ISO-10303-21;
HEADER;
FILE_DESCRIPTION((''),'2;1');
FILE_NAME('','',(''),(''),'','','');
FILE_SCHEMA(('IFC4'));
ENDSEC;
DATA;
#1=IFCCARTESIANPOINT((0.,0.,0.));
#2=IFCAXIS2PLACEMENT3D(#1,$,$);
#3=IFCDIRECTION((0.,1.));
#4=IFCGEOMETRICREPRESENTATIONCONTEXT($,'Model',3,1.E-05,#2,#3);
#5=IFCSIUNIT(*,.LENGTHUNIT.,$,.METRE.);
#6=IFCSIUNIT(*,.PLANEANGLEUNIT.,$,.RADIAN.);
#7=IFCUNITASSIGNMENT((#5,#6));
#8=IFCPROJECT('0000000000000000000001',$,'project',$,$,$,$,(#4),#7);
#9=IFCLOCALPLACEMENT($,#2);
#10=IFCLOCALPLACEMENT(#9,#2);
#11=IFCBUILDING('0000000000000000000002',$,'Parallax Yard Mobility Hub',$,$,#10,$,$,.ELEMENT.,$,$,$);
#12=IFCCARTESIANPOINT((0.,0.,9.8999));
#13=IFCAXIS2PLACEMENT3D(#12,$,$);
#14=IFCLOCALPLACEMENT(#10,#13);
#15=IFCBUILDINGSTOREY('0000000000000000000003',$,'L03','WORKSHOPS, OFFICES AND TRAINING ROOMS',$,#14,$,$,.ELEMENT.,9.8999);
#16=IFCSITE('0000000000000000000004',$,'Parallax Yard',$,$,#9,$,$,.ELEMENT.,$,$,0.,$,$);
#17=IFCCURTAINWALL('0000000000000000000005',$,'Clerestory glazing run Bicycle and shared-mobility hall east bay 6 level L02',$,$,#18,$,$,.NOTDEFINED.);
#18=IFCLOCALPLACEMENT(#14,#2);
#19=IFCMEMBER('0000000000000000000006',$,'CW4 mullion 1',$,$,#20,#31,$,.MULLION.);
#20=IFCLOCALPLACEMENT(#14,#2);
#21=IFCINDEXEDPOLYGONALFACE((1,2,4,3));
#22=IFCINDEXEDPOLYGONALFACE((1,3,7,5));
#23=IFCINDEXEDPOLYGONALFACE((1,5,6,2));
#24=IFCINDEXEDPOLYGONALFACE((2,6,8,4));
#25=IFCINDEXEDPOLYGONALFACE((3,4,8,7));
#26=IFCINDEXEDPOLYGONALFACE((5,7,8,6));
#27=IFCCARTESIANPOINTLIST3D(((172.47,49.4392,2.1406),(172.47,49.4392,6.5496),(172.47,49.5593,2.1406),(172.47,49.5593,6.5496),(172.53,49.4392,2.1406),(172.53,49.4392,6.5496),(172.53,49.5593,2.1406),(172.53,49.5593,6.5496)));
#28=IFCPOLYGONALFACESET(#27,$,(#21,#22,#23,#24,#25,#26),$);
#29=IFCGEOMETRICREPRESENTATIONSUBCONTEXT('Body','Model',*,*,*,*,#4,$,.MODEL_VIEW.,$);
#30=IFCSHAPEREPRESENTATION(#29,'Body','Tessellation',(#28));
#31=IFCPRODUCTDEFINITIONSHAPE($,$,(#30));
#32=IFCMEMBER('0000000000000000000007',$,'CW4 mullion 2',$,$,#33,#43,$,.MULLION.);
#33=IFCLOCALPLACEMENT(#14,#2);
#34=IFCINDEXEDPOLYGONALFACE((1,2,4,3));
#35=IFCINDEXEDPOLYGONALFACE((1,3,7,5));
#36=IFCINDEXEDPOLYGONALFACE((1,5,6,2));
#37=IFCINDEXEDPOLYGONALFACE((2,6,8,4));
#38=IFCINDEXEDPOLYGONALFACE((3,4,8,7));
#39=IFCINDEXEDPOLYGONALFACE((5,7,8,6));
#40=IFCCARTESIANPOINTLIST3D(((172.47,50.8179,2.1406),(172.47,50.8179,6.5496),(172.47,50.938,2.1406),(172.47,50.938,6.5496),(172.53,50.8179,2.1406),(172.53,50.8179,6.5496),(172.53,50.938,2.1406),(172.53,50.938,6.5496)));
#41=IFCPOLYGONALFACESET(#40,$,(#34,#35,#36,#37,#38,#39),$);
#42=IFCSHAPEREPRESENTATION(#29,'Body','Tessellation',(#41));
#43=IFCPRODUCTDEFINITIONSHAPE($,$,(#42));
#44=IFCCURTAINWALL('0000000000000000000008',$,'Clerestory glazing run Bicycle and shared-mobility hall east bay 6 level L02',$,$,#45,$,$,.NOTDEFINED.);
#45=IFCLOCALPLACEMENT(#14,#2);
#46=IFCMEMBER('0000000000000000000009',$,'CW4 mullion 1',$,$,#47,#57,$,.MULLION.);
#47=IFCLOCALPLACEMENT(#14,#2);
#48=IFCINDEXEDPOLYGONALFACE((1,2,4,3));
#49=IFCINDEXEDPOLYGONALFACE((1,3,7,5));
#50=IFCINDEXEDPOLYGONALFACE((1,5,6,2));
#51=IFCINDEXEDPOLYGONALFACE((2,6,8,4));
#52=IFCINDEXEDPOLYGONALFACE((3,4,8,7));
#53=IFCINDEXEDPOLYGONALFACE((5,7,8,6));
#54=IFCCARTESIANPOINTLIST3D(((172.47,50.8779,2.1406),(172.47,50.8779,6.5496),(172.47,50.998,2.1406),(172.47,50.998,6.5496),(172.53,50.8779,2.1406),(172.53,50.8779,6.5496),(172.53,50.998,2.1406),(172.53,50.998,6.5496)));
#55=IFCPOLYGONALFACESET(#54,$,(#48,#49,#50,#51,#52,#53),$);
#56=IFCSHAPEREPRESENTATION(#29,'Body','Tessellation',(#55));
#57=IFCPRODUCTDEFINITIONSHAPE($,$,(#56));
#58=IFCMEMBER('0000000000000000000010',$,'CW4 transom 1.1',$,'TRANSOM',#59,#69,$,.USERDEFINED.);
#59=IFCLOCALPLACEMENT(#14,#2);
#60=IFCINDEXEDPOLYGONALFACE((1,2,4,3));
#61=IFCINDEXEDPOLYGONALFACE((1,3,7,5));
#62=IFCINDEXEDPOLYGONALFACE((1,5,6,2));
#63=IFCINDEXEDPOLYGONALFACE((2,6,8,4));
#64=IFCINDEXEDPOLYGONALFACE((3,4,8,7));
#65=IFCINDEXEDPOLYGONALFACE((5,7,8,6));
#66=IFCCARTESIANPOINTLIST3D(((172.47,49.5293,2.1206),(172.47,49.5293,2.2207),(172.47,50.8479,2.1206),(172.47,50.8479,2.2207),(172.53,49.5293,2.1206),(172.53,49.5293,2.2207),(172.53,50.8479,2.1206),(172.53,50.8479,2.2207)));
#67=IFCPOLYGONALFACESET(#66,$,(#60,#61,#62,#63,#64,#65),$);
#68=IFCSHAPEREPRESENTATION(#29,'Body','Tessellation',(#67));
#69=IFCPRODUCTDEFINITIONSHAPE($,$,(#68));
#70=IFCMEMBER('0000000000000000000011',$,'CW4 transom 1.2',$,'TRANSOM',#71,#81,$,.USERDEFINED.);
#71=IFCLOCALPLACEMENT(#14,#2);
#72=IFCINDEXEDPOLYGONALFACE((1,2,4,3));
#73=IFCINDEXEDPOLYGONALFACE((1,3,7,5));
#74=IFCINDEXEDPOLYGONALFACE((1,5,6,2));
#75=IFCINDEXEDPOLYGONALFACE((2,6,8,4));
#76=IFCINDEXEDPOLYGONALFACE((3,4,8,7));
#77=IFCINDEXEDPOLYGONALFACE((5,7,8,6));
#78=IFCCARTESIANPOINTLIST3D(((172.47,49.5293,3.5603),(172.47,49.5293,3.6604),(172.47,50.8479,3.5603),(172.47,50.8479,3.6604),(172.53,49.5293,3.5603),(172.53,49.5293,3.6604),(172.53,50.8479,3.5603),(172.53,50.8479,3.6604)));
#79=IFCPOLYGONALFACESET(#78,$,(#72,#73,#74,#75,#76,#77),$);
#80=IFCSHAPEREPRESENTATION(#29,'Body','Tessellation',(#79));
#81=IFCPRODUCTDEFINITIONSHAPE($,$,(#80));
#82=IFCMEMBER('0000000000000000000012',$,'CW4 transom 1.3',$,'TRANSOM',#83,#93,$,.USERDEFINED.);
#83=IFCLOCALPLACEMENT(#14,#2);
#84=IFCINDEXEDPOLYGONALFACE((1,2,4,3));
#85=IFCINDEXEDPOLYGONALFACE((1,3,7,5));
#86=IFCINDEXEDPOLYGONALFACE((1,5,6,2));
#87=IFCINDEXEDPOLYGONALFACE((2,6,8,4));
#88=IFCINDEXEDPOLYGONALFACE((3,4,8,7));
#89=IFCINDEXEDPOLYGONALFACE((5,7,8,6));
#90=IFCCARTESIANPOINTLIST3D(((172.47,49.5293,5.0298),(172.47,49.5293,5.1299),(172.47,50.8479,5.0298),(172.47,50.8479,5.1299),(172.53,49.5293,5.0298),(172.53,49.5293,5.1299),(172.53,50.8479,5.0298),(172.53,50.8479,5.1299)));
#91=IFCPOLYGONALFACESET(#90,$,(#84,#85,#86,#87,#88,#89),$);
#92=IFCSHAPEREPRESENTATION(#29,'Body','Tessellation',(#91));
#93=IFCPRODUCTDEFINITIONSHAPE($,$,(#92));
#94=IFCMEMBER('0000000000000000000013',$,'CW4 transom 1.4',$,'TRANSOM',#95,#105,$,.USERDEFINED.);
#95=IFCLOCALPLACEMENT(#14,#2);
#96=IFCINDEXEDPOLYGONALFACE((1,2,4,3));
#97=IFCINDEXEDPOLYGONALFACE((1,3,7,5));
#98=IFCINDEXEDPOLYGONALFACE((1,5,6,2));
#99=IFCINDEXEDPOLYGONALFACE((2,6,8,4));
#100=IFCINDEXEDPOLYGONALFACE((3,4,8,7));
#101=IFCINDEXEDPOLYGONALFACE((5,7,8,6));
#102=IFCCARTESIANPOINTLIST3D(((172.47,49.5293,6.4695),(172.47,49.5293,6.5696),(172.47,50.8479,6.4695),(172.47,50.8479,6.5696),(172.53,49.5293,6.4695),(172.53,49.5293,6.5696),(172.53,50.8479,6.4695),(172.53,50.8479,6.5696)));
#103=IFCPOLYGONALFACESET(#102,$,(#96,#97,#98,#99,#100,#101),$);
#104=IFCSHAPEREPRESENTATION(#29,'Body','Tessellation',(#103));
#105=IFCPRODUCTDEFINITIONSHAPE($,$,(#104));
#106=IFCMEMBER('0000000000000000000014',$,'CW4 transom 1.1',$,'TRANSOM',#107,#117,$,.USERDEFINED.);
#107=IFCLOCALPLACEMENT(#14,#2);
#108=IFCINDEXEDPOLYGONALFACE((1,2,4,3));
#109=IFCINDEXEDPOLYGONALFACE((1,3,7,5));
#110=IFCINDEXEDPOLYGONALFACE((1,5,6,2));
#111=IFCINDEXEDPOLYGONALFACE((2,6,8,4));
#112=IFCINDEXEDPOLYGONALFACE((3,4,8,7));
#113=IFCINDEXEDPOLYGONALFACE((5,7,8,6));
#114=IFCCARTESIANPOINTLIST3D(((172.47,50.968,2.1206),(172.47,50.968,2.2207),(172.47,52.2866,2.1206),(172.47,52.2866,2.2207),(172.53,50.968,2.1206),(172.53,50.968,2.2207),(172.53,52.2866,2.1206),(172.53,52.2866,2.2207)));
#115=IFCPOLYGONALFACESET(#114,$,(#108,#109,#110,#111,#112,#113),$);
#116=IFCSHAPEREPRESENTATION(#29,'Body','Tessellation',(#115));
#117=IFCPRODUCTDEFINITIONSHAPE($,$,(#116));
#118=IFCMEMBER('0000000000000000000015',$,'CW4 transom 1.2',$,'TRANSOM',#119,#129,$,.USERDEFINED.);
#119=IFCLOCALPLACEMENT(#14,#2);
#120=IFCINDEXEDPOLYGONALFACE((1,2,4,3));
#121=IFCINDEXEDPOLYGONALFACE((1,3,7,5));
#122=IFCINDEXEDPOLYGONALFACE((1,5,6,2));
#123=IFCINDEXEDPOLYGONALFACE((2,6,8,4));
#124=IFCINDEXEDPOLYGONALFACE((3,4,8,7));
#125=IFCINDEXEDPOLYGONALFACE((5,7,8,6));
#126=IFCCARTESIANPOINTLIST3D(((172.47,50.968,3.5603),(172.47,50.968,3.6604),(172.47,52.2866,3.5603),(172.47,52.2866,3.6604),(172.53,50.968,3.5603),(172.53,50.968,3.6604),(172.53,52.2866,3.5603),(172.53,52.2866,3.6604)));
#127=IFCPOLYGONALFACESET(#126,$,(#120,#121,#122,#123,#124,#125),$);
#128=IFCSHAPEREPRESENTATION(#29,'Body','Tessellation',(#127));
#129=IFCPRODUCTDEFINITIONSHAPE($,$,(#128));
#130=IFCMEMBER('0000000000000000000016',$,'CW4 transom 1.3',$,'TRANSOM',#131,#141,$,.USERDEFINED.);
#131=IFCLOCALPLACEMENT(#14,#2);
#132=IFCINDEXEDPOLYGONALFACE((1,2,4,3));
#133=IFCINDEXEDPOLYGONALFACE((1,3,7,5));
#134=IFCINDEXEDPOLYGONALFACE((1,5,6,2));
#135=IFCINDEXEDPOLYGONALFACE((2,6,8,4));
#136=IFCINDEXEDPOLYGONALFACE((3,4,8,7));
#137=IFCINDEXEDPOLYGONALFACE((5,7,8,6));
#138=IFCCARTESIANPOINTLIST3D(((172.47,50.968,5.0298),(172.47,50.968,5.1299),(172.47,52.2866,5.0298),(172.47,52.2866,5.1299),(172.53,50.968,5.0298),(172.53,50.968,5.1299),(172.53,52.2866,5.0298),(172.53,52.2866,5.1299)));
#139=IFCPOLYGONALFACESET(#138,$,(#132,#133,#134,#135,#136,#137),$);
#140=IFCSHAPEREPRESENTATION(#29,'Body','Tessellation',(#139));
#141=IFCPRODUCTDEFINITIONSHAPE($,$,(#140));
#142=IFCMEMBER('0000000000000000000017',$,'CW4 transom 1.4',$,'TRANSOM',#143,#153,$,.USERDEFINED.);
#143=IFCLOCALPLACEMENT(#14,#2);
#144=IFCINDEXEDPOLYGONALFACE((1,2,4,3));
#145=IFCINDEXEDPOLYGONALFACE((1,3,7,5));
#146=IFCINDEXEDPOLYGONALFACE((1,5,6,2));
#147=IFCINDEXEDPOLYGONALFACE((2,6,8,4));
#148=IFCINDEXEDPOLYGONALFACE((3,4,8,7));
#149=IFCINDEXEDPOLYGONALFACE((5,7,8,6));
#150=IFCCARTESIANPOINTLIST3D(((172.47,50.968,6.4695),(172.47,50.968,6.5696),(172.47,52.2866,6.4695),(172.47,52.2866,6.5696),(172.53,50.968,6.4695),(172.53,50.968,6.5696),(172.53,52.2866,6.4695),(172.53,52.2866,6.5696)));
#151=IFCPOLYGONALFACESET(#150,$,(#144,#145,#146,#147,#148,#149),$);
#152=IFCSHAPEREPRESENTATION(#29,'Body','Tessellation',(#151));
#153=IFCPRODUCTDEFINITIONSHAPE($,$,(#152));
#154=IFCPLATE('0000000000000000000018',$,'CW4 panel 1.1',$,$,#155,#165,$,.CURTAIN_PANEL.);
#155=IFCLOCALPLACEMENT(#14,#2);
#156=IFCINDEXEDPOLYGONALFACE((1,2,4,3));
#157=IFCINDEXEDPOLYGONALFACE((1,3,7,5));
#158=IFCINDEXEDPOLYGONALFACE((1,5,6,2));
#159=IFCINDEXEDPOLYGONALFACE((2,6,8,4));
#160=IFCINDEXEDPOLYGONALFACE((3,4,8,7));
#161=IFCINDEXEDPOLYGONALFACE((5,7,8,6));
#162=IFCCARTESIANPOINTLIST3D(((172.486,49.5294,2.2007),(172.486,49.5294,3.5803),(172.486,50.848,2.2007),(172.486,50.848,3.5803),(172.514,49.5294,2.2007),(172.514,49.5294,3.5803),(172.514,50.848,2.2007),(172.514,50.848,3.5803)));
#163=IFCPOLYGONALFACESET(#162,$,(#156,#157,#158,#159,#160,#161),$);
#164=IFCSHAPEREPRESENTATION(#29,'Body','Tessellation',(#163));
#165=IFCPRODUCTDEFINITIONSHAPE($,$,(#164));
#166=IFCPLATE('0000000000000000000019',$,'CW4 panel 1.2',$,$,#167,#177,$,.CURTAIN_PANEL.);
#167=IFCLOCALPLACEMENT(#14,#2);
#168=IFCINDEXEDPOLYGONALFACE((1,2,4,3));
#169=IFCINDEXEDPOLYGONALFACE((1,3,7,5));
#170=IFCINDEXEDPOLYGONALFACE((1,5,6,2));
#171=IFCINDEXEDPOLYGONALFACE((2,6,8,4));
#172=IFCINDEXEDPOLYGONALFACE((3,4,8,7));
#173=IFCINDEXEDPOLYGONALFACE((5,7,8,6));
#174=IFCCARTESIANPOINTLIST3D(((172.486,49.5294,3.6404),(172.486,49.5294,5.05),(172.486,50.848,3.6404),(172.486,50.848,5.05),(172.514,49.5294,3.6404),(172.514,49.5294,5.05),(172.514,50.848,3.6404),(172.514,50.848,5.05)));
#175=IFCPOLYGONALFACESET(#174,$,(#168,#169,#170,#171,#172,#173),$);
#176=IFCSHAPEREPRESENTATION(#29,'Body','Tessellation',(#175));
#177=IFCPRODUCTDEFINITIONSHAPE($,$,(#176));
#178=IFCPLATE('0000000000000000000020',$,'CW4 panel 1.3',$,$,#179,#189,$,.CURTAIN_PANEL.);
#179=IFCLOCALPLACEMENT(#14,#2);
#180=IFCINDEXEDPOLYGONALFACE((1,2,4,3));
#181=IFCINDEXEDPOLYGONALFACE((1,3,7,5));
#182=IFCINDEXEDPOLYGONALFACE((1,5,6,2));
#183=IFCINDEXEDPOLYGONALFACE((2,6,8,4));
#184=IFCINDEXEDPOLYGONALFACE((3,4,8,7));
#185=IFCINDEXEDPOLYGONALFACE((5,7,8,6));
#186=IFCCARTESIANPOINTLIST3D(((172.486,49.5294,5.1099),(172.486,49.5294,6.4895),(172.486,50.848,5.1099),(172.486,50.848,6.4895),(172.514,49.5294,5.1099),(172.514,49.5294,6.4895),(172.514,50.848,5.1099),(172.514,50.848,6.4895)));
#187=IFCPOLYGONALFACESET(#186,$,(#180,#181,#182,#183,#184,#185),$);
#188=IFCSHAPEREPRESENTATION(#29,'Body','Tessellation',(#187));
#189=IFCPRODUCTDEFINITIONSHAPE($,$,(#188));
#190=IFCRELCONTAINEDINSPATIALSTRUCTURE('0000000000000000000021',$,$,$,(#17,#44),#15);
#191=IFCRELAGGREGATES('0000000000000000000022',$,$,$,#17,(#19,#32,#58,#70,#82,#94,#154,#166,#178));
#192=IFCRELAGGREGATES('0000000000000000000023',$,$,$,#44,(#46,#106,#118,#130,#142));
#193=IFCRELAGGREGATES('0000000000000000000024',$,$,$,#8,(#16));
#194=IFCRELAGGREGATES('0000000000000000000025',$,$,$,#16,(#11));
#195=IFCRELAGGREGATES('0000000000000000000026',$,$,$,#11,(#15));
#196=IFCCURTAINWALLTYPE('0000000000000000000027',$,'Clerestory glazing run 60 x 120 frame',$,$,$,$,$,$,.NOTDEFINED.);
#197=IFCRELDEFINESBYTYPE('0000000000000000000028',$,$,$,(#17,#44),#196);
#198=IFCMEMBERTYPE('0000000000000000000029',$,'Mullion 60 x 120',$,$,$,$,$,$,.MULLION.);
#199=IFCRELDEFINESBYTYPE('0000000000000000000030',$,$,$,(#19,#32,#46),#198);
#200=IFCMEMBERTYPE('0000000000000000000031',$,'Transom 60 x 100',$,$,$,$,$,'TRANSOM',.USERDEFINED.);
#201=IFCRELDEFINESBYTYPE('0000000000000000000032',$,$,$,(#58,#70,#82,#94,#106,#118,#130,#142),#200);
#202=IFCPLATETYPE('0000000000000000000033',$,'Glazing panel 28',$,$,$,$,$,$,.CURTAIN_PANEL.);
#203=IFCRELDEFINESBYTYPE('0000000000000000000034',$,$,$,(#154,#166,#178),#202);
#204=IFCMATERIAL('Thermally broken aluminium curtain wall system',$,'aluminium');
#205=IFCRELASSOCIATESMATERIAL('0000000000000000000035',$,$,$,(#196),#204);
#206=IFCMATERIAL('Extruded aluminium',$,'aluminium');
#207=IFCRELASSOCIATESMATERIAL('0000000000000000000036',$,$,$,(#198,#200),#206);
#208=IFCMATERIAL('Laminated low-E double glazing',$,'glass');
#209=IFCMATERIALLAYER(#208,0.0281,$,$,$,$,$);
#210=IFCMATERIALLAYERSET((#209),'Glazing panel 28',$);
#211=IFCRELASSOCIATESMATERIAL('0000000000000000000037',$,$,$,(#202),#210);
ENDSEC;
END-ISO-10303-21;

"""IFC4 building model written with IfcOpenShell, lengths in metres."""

from ifc_helpers import new_model, si_unit, direction, frame, origin, origin_2d, place, context, subcontext, project, spatial, rectangle, extrude, material, layer, layer_set, material_profile, profile_set, type_object, element, aggregate, save


model = new_model("IFC4")

# Units and contexts
model_context = context("Model", 3, precision=1e-05, world=origin(), true_north=direction((0.0, 1.0)))
body_context = subcontext(model_context, "Body", "Model", "MODEL_VIEW")
ifc_project = project(units=[si_unit("LENGTHUNIT", "METRE"), si_unit("PLANEANGLEUNIT", "RADIAN")], contexts=[model_context])

# Site, building, storey
site_placement = place(None, origin())
site = spatial("IfcSite", under=ifc_project, at=site_placement, Name="Parallax Yard", CompositionType="ELEMENT", RefElevation=0.0)
building_placement = place(site_placement, origin())
building = spatial("IfcBuilding", under=site, at=building_placement, Name="Parallax Yard Mobility Hub", CompositionType="ELEMENT")
storey_placement = place(building_placement, frame((0.0, 0.0, 9.8999)))
storey = spatial("IfcBuildingStorey", under=building, at=storey_placement, Name="L03", Description="WORKSHOPS, OFFICES AND TRAINING ROOMS", CompositionType="ELEMENT", Elevation=9.8999)

# Curtain wall, members
ifc_material_1 = material(Name="Thermally broken aluminium curtain wall system", Category="aluminium")
curtain_wall_type = type_object("IfcCurtainWallType", Name="Clerestory glazing run 60 x 120 frame", PredefinedType="NOTDEFINED", material=ifc_material_1)
curtain_wall_1_placement = place(storey_placement, origin())
curtain_wall_1 = element("IfcCurtainWall", 1, at=curtain_wall_1_placement, inside=storey, type_object=curtain_wall_type, Name="Clerestory glazing run Bicycle and shared-mobility hall east bay 6 level L02", PredefinedType="NOTDEFINED")
ifc_material_2 = material(Name="Extruded aluminium", Category="aluminium")
ifc_material_profile_1 = material_profile(ifc_material_2, rectangle(XDim=0.0601, YDim=0.1201, at=origin_2d()), Name="Mullion 60 x 120")
ifc_profile_set_1 = profile_set([ifc_material_profile_1], Name="Extruded aluminium")
member_type_1 = type_object("IfcMemberType", Name="Mullion 60 x 120", PredefinedType="MULLION", material=ifc_profile_set_1)
member_1_placement = place(storey_placement, frame((172.5, 49.4993, 2.1406), z_axis=(0.0, 0.0, 1.0), x_axis=(-1.0, 0.0, 0.0)))
member_1 = element("IfcMember", 2, at=member_1_placement, type_object=member_type_1, Name="CW4 mullion 1", PredefinedType="MULLION", context=body_context, shape_type="SweptSolid", body=[
    extrude(rectangle(XDim=0.0601, YDim=0.1201, at=origin_2d()), origin(), (0.0, 0.0, 1.0), 4.4089),
])
member_2_placement = place(storey_placement, frame((172.5, 50.8779, 2.1406), z_axis=(0.0, 0.0, 1.0), x_axis=(-1.0, 0.0, 0.0)))
member_2 = element("IfcMember", 3, at=member_2_placement, type_object=member_type_1, Name="CW4 mullion 2", PredefinedType="MULLION", context=body_context, shape_type="SweptSolid", body=[
    extrude(rectangle(XDim=0.0601, YDim=0.1201, at=origin_2d()), origin(), (0.0, 0.0, 1.0), 4.4089),
])

# Curtain wall, member
curtain_wall_2_placement = place(storey_placement, origin())
curtain_wall_2 = element("IfcCurtainWall", 4, at=curtain_wall_2_placement, inside=storey, type_object=curtain_wall_type, Name="Clerestory glazing run Bicycle and shared-mobility hall east bay 6 level L02", PredefinedType="NOTDEFINED")
member_3_placement = place(storey_placement, frame((172.5, 50.938, 2.1406), z_axis=(0.0, 0.0, 1.0), x_axis=(-1.0, 0.0, 0.0)))
member_3 = element("IfcMember", 5, at=member_3_placement, type_object=member_type_1, Name="CW4 mullion 1", PredefinedType="MULLION", context=body_context, shape_type="SweptSolid", body=[
    extrude(rectangle(XDim=0.0601, YDim=0.1201, at=origin_2d()), origin(), (0.0, 0.0, 1.0), 4.4089),
])

# Members
ifc_material_profile_2 = material_profile(ifc_material_2, rectangle(XDim=0.0601, YDim=0.1001, at=origin_2d()), Name="Transom 60 x 100")
ifc_profile_set_2 = profile_set([ifc_material_profile_2], Name="Extruded aluminium")
member_type_2 = type_object("IfcMemberType", Name="Transom 60 x 100", ElementType="TRANSOM", PredefinedType="USERDEFINED", material=ifc_profile_set_2)
member_4_placement = place(storey_placement, frame((172.5, 49.5293, 2.1707), z_axis=(0.0, 1.0, 0.0), x_axis=(-1.0, 0.0, 0.0)))
member_4 = element("IfcMember", 6, at=member_4_placement, type_object=member_type_2, Name="CW4 transom 1.1", ObjectType="TRANSOM", PredefinedType="USERDEFINED", context=body_context, shape_type="SweptSolid", body=[
    extrude(rectangle(XDim=0.0601, YDim=0.1001, at=origin_2d()), origin(), (0.0, 0.0, 1.0), 1.3186),
])
member_5_placement = place(storey_placement, frame((172.5, 49.5293, 3.6104), z_axis=(0.0, 1.0, 0.0), x_axis=(-1.0, 0.0, 0.0)))
member_5 = element("IfcMember", 7, at=member_5_placement, type_object=member_type_2, Name="CW4 transom 1.2", ObjectType="TRANSOM", PredefinedType="USERDEFINED", context=body_context, shape_type="SweptSolid", body=[
    extrude(rectangle(XDim=0.0601, YDim=0.1001, at=origin_2d()), origin(), (0.0, 0.0, 1.0), 1.3186),
])
member_6_placement = place(storey_placement, frame((172.5, 49.5293, 5.0798), z_axis=(0.0, 1.0, 0.0), x_axis=(-1.0, 0.0, 0.0)))
member_6 = element("IfcMember", 8, at=member_6_placement, type_object=member_type_2, Name="CW4 transom 1.3", ObjectType="TRANSOM", PredefinedType="USERDEFINED", context=body_context, shape_type="SweptSolid", body=[
    extrude(rectangle(XDim=0.0601, YDim=0.1001, at=origin_2d()), origin(), (0.0, 0.0, 1.0), 1.3186),
])
member_7_placement = place(storey_placement, frame((172.5, 49.5293, 6.5195), z_axis=(0.0, 1.0, 0.0), x_axis=(-1.0, 0.0, 0.0)))
member_7 = element("IfcMember", 9, at=member_7_placement, type_object=member_type_2, Name="CW4 transom 1.4", ObjectType="TRANSOM", PredefinedType="USERDEFINED", context=body_context, shape_type="SweptSolid", body=[
    extrude(rectangle(XDim=0.0601, YDim=0.1001, at=origin_2d()), origin(), (0.0, 0.0, 1.0), 1.3186),
])
member_8_placement = place(storey_placement, frame((172.5, 50.968, 2.1707), z_axis=(0.0, 1.0, 0.0), x_axis=(-1.0, 0.0, 0.0)))
member_8 = element("IfcMember", 10, at=member_8_placement, type_object=member_type_2, Name="CW4 transom 1.1", ObjectType="TRANSOM", PredefinedType="USERDEFINED", context=body_context, shape_type="SweptSolid", body=[
    extrude(rectangle(XDim=0.0601, YDim=0.1001, at=origin_2d()), origin(), (0.0, 0.0, 1.0), 1.3186),
])
member_9_placement = place(storey_placement, frame((172.5, 50.968, 3.6104), z_axis=(0.0, 1.0, 0.0), x_axis=(-1.0, 0.0, 0.0)))
member_9 = element("IfcMember", 11, at=member_9_placement, type_object=member_type_2, Name="CW4 transom 1.2", ObjectType="TRANSOM", PredefinedType="USERDEFINED", context=body_context, shape_type="SweptSolid", body=[
    extrude(rectangle(XDim=0.0601, YDim=0.1001, at=origin_2d()), origin(), (0.0, 0.0, 1.0), 1.3186),
])
member_10_placement = place(storey_placement, frame((172.5, 50.968, 5.0798), z_axis=(0.0, 1.0, 0.0), x_axis=(-1.0, 0.0, 0.0)))
member_10 = element("IfcMember", 12, at=member_10_placement, type_object=member_type_2, Name="CW4 transom 1.3", ObjectType="TRANSOM", PredefinedType="USERDEFINED", context=body_context, shape_type="SweptSolid", body=[
    extrude(rectangle(XDim=0.0601, YDim=0.1001, at=origin_2d()), origin(), (0.0, 0.0, 1.0), 1.3186),
])
member_11_placement = place(storey_placement, frame((172.5, 50.968, 6.5195), z_axis=(0.0, 1.0, 0.0), x_axis=(-1.0, 0.0, 0.0)))
member_11 = element("IfcMember", 13, at=member_11_placement, type_object=member_type_2, Name="CW4 transom 1.4", ObjectType="TRANSOM", PredefinedType="USERDEFINED", context=body_context, shape_type="SweptSolid", body=[
    extrude(rectangle(XDim=0.0601, YDim=0.1001, at=origin_2d()), origin(), (0.0, 0.0, 1.0), 1.3186),
])

# Plates
ifc_material_3 = material(Name="Laminated low-E double glazing", Category="glass")
ifc_layer = layer(ifc_material_3, 0.0281)
ifc_layer_set = layer_set([ifc_layer], Name="Glazing panel 28")
plate_type = type_object("IfcPlateType", Name="Glazing panel 28", PredefinedType="CURTAIN_PANEL", material=ifc_layer_set)
plate_1_placement = place(storey_placement, frame((172.5, 50.1887, 2.2007), z_axis=(0.0, 0.0, 1.0), x_axis=(0.0, 1.0, 0.0)))
plate_1 = element("IfcPlate", 14, at=plate_1_placement, type_object=plate_type, Name="CW4 panel 1.1", PredefinedType="CURTAIN_PANEL", context=body_context, shape_type="SweptSolid", body=[
    extrude(rectangle(XDim=1.3186, YDim=0.0281, at=origin_2d()), origin(), (0.0, 0.0, 1.0), 1.3796),
])
plate_2_placement = place(storey_placement, frame((172.5, 50.1887, 3.6404), z_axis=(0.0, 0.0, 1.0), x_axis=(0.0, 1.0, 0.0)))
plate_2 = element("IfcPlate", 15, at=plate_2_placement, type_object=plate_type, Name="CW4 panel 1.2", PredefinedType="CURTAIN_PANEL", context=body_context, shape_type="SweptSolid", body=[
    extrude(rectangle(XDim=1.3186, YDim=0.0281, at=origin_2d()), origin(), (0.0, 0.0, 1.0), 1.4097),
])
plate_3_placement = place(storey_placement, frame((172.5, 50.1887, 5.1099), z_axis=(0.0, 0.0, 1.0), x_axis=(0.0, 1.0, 0.0)))
plate_3 = element("IfcPlate", 16, at=plate_3_placement, type_object=plate_type, Name="CW4 panel 1.3", PredefinedType="CURTAIN_PANEL", context=body_context, shape_type="SweptSolid", body=[
    extrude(rectangle(XDim=1.3186, YDim=0.0281, at=origin_2d()), origin(), (0.0, 0.0, 1.0), 1.3796),
])
aggregate(curtain_wall_1, [member_1, member_2, member_4, member_5, member_6, member_7, plate_1, plate_2, plate_3])
aggregate(curtain_wall_2, [member_3, member_8, member_9, member_10, member_11])

save(model, "model.ifc")
